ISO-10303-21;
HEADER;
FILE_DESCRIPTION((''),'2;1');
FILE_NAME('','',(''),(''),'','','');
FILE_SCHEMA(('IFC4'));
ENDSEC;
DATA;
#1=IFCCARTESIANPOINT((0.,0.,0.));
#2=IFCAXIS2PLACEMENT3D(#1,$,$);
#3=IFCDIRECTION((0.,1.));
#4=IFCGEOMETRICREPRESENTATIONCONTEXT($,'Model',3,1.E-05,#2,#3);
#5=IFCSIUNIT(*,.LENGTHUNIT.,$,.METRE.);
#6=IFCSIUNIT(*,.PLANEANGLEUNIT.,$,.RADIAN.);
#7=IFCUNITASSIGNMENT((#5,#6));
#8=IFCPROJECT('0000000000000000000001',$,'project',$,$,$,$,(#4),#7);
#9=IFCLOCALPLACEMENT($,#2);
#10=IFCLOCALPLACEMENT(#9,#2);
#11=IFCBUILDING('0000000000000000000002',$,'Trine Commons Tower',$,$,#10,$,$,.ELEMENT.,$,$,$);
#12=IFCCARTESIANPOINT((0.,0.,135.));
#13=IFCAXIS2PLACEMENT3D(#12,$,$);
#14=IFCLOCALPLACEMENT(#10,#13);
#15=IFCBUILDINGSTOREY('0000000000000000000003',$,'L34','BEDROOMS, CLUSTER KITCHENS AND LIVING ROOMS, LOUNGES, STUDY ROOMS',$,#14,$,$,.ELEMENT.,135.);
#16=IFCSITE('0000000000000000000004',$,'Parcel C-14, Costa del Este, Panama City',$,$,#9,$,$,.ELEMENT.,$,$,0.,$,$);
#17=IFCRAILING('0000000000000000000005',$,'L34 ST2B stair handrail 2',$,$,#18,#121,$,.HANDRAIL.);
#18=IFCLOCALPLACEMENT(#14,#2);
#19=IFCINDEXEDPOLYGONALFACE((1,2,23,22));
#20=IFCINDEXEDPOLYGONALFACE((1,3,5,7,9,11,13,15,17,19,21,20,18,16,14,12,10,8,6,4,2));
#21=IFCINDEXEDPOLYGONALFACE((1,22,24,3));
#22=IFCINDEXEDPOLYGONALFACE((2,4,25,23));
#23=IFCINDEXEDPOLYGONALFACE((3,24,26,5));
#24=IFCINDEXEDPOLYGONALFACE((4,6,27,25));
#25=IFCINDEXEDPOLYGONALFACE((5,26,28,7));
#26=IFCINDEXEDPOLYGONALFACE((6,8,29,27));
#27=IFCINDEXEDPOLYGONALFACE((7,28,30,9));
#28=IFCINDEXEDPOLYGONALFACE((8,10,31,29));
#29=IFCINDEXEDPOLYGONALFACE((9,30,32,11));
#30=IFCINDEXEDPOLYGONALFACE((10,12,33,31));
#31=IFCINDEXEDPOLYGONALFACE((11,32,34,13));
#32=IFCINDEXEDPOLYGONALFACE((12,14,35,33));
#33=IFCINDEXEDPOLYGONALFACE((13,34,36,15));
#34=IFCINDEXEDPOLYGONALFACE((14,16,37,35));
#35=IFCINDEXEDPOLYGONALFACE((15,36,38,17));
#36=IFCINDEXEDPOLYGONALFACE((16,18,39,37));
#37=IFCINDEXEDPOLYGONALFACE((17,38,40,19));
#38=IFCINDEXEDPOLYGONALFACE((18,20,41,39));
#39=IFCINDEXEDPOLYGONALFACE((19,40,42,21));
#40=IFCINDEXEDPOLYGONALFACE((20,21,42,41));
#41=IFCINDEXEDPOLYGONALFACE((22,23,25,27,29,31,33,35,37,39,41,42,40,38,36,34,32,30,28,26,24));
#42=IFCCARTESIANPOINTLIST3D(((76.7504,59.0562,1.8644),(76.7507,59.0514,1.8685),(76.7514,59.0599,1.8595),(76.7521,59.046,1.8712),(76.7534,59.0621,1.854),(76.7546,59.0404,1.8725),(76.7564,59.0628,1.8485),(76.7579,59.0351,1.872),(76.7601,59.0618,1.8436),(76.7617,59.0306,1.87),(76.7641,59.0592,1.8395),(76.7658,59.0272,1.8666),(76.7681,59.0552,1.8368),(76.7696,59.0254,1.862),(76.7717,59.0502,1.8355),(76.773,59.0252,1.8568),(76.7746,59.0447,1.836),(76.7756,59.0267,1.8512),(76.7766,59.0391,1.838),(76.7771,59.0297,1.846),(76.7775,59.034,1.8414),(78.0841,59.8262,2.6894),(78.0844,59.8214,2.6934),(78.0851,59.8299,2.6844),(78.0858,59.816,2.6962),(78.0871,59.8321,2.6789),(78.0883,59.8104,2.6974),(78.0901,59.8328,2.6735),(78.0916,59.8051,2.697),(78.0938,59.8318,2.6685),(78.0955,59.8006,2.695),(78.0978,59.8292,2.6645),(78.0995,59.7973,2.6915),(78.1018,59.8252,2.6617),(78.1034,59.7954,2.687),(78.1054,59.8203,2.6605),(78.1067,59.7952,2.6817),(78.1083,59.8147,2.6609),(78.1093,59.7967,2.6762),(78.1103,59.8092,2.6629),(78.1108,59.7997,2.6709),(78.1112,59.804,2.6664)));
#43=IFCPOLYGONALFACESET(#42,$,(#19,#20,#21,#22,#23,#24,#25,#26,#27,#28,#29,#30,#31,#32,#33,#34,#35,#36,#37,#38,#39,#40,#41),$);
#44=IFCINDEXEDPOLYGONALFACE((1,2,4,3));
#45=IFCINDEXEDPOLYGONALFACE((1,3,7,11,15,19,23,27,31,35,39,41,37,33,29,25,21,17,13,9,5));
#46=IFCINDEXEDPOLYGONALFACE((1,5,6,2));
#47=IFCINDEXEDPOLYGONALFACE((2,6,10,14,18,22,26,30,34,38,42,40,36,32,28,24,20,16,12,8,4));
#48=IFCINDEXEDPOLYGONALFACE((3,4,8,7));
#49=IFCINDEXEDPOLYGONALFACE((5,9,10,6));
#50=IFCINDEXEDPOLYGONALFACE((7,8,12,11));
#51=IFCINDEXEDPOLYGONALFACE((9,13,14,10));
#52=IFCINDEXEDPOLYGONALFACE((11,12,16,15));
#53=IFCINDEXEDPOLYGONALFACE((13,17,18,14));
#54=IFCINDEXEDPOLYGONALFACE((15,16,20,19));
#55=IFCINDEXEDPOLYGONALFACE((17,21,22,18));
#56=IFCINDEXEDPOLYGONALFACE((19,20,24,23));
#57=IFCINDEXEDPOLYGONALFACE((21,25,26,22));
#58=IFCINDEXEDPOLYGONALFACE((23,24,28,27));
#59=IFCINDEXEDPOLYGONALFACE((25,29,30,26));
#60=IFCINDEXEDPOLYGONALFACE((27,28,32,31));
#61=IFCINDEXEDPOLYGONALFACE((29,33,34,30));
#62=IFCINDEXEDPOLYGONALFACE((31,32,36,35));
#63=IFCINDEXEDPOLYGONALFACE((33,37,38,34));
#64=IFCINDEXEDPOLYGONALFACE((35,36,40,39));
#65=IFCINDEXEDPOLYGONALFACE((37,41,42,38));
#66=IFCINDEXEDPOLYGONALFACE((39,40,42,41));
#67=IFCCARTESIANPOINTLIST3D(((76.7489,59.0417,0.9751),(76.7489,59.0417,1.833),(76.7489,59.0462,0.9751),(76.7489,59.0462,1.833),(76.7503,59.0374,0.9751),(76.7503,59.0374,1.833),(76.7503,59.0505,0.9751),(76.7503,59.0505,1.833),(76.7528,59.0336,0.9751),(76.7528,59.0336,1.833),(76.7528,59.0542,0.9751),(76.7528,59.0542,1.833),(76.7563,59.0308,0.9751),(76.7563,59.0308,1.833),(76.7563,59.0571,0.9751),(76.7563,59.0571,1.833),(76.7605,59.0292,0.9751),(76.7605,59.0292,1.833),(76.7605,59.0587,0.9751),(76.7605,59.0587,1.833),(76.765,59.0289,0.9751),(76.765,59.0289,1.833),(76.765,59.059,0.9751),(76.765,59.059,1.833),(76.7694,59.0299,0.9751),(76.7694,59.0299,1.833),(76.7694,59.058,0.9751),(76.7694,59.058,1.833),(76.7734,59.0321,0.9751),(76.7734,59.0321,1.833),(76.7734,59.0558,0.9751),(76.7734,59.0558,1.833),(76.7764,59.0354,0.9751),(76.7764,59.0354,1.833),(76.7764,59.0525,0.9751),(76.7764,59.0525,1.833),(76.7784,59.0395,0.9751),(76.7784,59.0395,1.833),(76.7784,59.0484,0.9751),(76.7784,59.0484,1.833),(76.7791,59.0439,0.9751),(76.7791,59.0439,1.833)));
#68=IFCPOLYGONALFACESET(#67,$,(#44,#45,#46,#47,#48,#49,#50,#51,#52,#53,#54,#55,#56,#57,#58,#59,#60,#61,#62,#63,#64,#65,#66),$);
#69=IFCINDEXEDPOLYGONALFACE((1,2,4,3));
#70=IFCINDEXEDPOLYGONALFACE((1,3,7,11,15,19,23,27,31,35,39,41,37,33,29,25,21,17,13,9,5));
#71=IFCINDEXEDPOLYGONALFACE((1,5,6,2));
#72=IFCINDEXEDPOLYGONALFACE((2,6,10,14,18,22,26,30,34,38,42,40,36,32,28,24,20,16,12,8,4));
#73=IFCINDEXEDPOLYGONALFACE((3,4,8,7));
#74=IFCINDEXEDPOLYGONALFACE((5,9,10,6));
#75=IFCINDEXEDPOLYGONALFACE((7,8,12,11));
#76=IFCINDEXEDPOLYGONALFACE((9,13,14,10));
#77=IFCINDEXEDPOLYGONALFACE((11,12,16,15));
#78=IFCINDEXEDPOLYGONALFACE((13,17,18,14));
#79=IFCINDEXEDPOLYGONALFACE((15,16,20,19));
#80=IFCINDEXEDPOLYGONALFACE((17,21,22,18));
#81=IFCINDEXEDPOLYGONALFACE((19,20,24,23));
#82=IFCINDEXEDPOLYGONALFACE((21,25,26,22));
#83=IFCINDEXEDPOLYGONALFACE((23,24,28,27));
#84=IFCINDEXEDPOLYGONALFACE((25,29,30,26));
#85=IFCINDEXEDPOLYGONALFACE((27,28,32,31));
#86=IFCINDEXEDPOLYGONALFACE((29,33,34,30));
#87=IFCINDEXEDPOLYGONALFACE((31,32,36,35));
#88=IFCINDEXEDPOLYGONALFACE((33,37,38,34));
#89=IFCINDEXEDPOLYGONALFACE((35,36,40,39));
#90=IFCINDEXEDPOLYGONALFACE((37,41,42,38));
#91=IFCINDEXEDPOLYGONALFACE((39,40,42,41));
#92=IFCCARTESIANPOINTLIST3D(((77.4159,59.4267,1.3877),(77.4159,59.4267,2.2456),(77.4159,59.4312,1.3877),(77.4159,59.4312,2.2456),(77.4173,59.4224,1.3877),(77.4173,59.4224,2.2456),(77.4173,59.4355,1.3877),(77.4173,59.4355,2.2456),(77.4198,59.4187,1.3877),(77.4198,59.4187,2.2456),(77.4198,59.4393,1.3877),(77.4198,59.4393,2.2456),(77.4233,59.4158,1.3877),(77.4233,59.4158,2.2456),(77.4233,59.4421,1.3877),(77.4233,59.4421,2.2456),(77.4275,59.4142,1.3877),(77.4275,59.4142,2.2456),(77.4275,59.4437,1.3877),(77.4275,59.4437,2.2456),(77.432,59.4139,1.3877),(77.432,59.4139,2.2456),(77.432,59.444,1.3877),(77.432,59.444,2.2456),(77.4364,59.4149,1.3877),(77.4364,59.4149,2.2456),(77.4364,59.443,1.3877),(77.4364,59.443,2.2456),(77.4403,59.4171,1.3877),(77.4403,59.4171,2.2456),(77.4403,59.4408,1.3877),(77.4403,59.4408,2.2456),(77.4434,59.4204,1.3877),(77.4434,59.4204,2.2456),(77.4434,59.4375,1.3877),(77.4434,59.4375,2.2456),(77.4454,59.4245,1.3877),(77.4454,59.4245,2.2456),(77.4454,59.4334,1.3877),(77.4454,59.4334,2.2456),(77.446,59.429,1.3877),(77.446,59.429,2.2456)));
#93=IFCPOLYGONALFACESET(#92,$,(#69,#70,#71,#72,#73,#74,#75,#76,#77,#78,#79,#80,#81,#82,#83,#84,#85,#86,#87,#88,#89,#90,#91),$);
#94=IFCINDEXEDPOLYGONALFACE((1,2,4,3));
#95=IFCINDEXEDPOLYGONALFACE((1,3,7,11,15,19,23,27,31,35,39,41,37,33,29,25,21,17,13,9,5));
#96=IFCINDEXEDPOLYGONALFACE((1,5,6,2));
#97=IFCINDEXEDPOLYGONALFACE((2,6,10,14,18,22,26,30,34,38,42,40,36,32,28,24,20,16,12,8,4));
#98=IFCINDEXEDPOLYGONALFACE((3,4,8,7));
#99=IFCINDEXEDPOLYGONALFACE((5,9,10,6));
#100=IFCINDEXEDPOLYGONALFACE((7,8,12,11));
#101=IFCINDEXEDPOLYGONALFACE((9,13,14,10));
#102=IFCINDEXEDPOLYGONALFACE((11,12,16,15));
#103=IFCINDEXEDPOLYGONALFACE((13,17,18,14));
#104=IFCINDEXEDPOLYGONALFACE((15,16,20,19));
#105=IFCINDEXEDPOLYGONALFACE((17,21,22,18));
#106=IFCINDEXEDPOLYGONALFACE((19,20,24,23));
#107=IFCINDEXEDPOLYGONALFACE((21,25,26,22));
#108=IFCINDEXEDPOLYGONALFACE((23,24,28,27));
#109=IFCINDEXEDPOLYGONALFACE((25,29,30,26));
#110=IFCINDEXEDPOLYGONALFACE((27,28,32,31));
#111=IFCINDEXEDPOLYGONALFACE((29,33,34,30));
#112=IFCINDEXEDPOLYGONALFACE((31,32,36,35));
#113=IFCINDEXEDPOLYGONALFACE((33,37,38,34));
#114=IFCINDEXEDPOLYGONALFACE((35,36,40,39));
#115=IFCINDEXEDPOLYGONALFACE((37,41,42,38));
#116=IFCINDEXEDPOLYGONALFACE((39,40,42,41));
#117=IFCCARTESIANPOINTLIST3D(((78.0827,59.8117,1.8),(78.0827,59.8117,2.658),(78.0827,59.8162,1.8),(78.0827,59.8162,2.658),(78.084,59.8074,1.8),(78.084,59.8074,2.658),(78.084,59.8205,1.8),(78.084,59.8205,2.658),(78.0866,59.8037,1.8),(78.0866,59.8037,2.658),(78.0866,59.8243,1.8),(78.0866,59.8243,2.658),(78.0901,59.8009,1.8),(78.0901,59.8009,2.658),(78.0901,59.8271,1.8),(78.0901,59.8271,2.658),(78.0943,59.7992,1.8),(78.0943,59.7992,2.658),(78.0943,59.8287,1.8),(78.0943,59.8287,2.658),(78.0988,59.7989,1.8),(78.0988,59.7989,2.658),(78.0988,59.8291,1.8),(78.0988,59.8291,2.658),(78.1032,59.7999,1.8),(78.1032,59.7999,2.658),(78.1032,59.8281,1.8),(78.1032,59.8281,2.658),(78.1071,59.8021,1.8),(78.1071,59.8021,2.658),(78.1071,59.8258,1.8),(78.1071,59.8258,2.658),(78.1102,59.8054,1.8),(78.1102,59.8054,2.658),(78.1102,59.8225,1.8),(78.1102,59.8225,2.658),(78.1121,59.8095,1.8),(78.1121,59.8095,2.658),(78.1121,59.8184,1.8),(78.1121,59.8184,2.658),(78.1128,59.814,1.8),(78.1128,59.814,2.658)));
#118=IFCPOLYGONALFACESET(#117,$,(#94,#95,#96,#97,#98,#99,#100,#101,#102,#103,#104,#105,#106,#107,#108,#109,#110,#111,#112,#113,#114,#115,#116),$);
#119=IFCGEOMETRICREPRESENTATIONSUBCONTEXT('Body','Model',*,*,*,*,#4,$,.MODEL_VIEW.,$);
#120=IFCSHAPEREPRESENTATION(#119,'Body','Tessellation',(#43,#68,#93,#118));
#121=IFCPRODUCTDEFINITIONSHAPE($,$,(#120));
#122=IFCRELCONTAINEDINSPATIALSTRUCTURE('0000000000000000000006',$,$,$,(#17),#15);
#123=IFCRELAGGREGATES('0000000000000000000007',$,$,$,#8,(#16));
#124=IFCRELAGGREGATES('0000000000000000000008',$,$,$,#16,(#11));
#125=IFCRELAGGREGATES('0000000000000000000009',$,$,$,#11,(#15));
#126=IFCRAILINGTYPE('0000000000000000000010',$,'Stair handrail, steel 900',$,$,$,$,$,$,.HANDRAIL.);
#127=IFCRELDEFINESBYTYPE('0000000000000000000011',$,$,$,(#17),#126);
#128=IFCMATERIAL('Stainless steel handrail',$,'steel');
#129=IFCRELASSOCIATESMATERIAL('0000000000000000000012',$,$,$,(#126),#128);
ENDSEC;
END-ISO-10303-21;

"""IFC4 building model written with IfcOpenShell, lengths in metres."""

from ifc_helpers import new_model, si_unit, direction, frame, origin, origin_2d, place, context, subcontext, project, spatial, circle, extrude, material, type_object, element, save


model = new_model("IFC4")

# Units and contexts
model_context = context("Model", 3, precision=1e-05, world=origin(), true_north=direction((0.0, 1.0)))
body_context = subcontext(model_context, "Body", "Model", "MODEL_VIEW")
ifc_project = project(units=[si_unit("LENGTHUNIT", "METRE"), si_unit("PLANEANGLEUNIT", "RADIAN")], contexts=[model_context])

# Site, building, storey
site_placement = place(None, origin())
site = spatial("IfcSite", under=ifc_project, at=site_placement, Name="Parcel C-14, Costa del Este, Panama City", CompositionType="ELEMENT", RefElevation=0.0)
building_placement = place(site_placement, origin())
building = spatial("IfcBuilding", under=site, at=building_placement, Name="Trine Commons Tower", CompositionType="ELEMENT")
storey_placement = place(building_placement, frame((0.0, 0.0, 135.0)))
storey = spatial("IfcBuildingStorey", under=building, at=storey_placement, Name="L34", Description="BEDROOMS, CLUSTER KITCHENS AND LIVING ROOMS, LOUNGES, STUDY ROOMS", CompositionType="ELEMENT", Elevation=135.0)

# Railing
ifc_material_1 = material(Name="Stainless steel handrail", Category="steel")
railing_type_1 = type_object("IfcRailingType", Name="Stair handrail, steel 900", PredefinedType="HANDRAIL", material=ifc_material_1)
railing_1_placement = place(storey_placement, frame((76.7639, 59.0439, 0.9751)))
element("IfcRailing", 1, at=railing_1_placement, inside=storey, type_object=railing_type_1, Name="L34 ST2B stair handrail 2", PredefinedType="HANDRAIL", context=body_context, shape_type="SweptSolid", body=[
    extrude(circle(Radius=0.021, at=origin_2d()), frame((0.0, 0.0, 0.8789), z_axis=(0.763405, 0.440743, 0.472185), x_axis=(-0.499992, 0.86603, 0.0)), (0.0, 0.0, 1.0), 1.7471),
    extrude(circle(Radius=0.0151, at=origin_2d()), origin(), (0.0, 0.0, 1.0), 0.8579),
    extrude(circle(Radius=0.0151, at=origin_2d()), frame((0.667, 0.385, 0.4126)), (0.0, 0.0, 1.0), 0.8579),
    extrude(circle(Radius=0.0151, at=origin_2d()), frame((1.3337, 0.77, 0.825)), (0.0, 0.0, 1.0), 0.8579),
])

save(model, "model.ifc")
